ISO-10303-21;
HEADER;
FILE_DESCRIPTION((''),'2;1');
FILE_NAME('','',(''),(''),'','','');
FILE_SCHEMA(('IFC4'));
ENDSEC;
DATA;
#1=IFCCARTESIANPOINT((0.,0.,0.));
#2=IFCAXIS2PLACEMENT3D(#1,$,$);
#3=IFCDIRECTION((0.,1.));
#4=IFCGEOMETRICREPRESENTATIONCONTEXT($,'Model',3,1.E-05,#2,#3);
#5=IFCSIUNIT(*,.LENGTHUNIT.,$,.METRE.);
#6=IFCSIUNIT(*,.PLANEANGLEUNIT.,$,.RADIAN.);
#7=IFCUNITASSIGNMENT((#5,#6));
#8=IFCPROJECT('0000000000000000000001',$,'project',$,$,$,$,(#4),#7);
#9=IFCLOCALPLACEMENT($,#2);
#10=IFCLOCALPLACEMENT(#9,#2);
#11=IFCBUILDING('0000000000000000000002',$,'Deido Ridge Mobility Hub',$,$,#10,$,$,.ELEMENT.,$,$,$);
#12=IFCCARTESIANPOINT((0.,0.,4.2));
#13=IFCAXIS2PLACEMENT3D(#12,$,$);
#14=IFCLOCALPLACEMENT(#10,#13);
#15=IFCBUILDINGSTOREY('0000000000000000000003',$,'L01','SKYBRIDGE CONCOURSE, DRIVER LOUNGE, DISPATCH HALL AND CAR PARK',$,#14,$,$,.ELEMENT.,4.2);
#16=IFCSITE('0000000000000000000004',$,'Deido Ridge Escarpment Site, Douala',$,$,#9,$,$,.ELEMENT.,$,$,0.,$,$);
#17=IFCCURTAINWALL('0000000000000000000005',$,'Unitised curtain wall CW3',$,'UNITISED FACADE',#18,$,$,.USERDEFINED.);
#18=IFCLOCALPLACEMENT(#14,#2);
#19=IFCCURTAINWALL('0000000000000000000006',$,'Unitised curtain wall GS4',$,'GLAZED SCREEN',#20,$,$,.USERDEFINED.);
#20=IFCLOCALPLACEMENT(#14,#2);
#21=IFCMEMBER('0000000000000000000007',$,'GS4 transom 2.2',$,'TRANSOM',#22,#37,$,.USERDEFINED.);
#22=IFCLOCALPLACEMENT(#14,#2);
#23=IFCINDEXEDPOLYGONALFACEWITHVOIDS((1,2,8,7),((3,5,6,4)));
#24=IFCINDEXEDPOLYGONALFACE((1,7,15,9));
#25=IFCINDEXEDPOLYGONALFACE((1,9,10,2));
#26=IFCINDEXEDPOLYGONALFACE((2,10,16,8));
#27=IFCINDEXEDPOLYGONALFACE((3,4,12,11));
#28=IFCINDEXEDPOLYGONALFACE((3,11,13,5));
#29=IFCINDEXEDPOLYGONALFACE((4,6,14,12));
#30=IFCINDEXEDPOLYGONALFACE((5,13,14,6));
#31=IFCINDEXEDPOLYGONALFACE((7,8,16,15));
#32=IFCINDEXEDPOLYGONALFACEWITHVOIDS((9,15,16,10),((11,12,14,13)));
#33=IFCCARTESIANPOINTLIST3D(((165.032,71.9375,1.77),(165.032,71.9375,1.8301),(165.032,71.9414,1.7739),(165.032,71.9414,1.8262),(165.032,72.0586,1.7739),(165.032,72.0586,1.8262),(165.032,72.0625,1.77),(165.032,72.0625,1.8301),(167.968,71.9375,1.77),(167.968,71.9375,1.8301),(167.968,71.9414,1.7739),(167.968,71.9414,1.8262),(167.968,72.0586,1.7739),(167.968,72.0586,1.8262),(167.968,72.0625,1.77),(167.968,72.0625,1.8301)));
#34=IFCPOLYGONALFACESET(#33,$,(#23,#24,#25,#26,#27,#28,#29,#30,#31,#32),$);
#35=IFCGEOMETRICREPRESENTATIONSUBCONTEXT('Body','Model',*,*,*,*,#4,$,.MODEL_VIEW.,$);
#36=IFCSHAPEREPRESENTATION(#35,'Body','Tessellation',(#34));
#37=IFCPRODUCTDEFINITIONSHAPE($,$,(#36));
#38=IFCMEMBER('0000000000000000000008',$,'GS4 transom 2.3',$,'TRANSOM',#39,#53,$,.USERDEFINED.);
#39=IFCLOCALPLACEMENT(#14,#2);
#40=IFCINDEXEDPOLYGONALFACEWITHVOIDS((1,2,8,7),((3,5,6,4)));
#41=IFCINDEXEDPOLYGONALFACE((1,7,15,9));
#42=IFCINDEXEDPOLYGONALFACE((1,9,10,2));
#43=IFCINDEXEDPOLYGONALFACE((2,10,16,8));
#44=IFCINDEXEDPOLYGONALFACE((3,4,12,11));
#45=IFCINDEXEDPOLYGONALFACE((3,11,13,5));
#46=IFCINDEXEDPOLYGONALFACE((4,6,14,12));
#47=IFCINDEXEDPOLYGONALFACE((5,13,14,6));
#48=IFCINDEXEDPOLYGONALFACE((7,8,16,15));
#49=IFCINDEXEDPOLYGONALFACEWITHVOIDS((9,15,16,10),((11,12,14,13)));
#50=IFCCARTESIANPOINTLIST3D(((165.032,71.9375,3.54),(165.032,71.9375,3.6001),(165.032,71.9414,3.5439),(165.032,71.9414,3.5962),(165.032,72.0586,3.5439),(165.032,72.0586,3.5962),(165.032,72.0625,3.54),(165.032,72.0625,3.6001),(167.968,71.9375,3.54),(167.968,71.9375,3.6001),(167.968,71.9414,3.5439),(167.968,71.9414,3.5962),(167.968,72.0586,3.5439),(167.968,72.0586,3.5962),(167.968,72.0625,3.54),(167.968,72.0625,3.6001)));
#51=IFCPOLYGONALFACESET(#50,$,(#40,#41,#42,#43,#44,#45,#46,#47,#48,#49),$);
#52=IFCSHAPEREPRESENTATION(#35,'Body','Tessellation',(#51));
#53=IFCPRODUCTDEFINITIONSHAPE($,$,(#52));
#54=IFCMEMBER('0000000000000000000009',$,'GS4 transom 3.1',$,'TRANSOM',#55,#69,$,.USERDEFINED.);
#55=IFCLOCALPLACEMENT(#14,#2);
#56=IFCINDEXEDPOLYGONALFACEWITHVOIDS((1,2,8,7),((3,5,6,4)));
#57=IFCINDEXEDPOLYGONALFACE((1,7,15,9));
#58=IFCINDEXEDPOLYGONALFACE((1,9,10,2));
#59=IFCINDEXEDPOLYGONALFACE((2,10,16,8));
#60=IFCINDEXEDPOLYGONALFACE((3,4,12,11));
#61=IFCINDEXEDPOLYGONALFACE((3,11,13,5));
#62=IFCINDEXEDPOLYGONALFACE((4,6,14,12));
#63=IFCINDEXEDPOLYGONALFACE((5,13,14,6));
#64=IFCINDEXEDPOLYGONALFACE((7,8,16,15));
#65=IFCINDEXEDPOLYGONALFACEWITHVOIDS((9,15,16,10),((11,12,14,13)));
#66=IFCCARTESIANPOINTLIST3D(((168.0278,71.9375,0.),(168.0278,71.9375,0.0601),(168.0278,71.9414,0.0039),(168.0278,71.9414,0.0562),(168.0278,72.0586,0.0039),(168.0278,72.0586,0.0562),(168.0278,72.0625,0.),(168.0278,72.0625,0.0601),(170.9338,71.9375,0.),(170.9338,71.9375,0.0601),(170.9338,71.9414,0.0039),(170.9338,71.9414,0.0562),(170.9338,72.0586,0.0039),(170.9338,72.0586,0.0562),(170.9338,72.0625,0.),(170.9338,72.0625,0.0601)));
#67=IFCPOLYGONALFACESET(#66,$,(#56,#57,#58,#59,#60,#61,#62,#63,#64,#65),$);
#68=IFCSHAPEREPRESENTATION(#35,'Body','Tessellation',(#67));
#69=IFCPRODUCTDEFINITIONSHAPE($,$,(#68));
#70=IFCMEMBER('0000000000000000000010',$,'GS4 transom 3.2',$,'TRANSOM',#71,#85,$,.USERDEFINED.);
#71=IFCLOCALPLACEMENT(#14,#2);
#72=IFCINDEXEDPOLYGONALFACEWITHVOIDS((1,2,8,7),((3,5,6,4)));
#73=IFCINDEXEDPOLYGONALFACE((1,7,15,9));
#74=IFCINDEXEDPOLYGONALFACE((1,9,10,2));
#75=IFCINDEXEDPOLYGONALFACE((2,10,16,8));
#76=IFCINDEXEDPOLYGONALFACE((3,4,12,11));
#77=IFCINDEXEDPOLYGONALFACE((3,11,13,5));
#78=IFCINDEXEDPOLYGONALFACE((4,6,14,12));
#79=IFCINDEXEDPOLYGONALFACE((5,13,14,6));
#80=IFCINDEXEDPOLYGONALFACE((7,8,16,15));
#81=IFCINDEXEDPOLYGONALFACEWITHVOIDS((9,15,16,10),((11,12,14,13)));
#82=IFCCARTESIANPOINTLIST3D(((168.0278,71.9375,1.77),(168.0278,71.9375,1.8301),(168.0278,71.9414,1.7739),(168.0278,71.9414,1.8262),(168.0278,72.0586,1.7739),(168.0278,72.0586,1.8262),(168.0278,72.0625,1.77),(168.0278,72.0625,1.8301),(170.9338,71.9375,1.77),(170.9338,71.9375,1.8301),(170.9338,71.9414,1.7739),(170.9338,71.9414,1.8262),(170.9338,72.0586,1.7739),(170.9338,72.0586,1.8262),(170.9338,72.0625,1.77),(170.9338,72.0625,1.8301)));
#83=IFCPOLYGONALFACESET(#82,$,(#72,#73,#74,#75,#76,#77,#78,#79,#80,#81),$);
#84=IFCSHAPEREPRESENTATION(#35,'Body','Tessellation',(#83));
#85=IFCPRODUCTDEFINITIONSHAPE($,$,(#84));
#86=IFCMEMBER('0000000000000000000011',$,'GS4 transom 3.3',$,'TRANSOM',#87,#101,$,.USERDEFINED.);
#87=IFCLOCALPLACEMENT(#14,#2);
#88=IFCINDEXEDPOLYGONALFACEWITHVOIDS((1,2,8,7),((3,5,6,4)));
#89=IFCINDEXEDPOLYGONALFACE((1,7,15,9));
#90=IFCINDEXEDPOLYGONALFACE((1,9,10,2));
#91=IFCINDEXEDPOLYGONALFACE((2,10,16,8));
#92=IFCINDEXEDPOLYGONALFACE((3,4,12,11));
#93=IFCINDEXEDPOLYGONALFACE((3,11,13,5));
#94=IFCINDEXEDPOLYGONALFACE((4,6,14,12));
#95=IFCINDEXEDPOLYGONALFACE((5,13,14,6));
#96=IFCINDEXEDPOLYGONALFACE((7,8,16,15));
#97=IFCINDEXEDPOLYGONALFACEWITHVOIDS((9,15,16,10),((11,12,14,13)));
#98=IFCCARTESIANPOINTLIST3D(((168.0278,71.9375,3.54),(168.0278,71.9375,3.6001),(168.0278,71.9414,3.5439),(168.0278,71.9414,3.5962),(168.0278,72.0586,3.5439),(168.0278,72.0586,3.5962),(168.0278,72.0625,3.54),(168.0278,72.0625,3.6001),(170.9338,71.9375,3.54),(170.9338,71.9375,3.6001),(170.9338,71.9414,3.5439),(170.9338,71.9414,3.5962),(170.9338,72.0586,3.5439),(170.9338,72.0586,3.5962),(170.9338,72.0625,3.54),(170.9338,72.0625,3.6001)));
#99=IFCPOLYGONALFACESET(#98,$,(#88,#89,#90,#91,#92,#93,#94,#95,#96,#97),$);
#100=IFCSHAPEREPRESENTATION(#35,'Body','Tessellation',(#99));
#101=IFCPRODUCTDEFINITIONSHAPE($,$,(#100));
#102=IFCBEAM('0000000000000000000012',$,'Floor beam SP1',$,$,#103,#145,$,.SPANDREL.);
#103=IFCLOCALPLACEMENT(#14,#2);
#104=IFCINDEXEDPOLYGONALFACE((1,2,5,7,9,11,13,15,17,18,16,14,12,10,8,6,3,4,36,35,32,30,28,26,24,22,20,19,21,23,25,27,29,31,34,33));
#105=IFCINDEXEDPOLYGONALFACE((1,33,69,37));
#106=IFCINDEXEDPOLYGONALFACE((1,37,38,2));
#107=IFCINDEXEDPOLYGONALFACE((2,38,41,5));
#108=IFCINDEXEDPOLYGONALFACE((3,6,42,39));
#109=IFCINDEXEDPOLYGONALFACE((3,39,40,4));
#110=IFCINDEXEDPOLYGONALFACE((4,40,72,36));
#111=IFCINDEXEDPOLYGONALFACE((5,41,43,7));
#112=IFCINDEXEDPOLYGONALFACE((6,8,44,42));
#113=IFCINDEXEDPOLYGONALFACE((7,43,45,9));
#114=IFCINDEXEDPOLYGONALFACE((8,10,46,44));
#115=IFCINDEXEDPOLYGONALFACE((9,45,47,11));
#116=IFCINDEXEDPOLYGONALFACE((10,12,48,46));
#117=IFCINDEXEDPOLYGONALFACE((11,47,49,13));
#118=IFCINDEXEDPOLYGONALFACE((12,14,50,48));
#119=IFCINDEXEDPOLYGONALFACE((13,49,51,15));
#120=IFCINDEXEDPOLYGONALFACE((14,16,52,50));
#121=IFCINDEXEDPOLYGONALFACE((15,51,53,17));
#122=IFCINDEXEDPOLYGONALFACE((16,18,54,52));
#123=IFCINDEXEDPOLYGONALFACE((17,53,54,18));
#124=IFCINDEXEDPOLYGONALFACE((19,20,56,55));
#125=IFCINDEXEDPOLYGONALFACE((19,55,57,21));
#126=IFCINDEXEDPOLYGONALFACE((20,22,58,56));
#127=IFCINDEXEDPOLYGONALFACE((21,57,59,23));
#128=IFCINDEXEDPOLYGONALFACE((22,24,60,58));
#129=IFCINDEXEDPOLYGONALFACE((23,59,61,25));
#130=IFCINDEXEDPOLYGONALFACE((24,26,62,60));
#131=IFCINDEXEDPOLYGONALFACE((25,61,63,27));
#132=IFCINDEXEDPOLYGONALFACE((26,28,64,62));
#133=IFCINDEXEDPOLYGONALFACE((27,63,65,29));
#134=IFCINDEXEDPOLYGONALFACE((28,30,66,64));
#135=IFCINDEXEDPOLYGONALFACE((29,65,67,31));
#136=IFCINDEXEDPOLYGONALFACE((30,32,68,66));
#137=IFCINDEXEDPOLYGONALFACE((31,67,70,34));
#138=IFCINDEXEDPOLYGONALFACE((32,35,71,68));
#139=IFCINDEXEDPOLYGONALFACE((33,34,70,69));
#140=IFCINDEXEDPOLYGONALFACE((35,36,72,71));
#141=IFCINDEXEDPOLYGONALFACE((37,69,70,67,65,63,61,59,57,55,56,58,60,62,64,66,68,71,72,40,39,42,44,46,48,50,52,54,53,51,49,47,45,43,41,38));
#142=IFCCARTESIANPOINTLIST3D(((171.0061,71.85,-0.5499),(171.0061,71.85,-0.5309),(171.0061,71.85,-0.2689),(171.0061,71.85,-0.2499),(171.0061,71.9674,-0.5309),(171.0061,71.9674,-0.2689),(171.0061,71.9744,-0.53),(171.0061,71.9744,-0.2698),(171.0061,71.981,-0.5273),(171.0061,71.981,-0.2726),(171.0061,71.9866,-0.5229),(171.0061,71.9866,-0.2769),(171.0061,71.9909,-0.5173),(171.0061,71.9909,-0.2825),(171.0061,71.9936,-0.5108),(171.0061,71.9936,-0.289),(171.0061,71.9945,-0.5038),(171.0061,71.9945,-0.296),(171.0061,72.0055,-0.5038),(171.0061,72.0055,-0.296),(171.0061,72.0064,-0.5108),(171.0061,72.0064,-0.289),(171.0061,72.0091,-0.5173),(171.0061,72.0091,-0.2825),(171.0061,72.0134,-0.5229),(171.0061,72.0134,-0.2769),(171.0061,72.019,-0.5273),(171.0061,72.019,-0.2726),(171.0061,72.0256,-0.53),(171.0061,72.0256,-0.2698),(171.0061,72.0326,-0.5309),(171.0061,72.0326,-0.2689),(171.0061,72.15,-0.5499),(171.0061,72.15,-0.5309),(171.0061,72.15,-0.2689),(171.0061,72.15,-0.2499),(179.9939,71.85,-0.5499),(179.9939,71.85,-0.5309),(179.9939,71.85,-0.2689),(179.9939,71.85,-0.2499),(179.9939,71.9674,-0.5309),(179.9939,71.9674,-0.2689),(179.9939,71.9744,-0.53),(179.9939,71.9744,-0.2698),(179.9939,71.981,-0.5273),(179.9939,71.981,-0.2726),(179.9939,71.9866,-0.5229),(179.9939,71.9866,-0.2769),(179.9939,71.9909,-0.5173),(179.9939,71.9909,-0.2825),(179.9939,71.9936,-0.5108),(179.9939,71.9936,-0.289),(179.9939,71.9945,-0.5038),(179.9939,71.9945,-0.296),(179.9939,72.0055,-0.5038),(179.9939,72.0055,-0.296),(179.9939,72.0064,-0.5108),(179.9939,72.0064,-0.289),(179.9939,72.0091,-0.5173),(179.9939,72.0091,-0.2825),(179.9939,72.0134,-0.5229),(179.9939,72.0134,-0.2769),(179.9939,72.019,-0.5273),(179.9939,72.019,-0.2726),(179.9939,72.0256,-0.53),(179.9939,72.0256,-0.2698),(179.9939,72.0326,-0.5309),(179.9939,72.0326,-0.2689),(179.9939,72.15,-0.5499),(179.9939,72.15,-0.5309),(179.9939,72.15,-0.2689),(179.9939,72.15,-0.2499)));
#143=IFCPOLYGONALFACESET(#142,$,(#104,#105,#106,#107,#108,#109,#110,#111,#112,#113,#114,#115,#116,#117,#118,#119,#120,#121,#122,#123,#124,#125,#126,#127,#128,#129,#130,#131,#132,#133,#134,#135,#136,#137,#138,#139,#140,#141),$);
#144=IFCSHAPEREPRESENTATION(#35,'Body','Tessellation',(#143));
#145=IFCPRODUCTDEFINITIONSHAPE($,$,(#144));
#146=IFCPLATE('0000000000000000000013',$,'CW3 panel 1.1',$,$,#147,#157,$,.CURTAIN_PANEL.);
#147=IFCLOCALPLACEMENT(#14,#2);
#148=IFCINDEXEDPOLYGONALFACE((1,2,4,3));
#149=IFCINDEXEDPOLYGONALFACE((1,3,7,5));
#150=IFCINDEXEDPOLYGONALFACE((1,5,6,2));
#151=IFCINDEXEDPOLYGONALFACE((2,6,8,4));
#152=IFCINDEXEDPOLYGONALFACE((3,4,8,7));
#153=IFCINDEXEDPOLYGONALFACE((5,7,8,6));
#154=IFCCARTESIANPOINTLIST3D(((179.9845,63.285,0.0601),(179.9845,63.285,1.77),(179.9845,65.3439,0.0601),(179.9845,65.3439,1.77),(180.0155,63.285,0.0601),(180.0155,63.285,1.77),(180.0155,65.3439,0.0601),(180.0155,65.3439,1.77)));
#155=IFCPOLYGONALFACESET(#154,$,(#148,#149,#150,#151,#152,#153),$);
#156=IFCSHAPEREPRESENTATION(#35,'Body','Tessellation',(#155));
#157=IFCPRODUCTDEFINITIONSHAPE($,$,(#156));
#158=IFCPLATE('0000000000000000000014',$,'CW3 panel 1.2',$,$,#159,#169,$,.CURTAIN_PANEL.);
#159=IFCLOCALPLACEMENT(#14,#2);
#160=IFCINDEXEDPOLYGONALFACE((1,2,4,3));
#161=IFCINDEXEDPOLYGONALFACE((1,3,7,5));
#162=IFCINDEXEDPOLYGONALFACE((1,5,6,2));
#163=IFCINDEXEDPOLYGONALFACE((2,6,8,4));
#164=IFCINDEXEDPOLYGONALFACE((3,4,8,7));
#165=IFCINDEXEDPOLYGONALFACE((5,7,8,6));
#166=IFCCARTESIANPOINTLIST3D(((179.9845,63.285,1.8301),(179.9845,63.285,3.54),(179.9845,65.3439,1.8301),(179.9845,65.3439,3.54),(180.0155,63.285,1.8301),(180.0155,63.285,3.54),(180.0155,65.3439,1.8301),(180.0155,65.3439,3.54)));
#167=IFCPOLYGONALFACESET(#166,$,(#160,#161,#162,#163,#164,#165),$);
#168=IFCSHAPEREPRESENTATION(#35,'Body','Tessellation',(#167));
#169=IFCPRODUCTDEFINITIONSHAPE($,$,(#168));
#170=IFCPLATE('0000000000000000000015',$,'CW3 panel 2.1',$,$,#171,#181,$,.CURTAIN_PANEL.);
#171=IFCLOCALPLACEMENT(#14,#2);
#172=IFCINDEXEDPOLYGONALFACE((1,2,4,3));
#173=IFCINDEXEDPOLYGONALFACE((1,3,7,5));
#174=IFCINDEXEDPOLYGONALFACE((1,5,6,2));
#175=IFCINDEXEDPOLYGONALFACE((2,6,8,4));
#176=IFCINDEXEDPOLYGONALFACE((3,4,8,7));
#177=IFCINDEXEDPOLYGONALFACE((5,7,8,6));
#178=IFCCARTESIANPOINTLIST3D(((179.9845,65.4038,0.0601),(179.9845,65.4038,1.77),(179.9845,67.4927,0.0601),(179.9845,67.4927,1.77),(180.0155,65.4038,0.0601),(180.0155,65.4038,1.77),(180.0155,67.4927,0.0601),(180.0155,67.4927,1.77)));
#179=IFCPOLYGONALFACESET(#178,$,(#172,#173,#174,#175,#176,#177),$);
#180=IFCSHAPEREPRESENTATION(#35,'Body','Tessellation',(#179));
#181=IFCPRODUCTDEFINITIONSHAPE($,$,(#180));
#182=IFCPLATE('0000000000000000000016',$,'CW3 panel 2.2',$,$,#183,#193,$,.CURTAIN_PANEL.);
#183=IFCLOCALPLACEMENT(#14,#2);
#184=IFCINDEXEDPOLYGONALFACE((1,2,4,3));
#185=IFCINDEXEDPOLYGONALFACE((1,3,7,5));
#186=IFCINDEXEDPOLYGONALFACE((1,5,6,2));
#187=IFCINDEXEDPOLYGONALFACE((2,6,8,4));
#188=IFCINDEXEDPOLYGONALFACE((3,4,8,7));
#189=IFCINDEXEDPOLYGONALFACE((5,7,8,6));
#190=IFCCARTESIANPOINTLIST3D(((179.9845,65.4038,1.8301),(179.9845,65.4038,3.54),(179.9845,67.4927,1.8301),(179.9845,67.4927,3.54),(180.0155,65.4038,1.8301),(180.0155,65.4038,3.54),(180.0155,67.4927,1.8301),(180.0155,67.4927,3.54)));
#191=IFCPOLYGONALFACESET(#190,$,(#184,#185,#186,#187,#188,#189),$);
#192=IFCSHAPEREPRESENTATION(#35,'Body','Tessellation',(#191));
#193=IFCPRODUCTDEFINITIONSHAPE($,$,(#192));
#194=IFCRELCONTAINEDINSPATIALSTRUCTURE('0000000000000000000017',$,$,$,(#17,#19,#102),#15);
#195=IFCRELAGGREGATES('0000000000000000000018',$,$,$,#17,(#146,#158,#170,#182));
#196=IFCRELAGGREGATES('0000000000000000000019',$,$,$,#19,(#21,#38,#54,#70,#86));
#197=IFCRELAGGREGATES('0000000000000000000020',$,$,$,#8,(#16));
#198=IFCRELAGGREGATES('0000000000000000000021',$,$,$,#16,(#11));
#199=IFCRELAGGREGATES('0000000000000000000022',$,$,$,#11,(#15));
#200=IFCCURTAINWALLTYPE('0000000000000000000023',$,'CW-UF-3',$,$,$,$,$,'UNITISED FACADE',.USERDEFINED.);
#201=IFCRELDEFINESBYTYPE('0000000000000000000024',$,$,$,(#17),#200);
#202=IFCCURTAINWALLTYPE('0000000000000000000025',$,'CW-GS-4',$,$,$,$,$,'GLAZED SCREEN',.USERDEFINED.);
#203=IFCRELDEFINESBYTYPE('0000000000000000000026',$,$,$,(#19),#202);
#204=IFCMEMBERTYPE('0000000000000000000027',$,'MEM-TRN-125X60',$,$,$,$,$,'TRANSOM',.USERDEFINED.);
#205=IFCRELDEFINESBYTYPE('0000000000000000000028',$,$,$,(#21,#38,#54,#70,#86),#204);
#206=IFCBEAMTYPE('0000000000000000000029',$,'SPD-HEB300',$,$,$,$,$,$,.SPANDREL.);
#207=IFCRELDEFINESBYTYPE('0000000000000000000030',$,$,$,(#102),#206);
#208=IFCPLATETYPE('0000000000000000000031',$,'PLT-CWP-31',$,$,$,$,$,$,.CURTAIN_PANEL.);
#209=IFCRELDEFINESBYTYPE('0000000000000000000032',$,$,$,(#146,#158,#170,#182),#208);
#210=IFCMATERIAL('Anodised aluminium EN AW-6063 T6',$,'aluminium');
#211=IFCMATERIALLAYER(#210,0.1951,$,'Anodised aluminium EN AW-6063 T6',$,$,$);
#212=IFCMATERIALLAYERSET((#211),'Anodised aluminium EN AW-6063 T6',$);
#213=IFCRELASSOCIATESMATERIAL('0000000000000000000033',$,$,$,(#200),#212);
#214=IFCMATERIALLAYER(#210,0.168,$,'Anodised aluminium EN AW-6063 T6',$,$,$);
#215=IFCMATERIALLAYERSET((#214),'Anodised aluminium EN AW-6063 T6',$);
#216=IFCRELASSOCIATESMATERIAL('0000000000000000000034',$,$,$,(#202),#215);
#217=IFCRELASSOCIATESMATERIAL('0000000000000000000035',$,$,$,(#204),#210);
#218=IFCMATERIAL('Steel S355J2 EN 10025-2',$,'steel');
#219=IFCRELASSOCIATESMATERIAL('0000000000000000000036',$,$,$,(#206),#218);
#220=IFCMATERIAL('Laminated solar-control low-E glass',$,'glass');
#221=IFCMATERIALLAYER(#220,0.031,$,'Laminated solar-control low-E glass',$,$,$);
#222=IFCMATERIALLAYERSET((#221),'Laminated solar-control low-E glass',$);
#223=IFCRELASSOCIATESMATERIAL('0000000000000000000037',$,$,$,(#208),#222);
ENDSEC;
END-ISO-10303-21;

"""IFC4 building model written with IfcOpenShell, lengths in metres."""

from ifc_helpers import new_model, si_unit, direction, frame, origin, origin_2d, place, context, subcontext, project, spatial, rectangle, hollow_rectangle, i_section, extrude, material, layer, layer_set, material_profile, profile_set, type_object, element, aggregate, save


model = new_model("IFC4")

# Units and contexts
model_context = context("Model", 3, precision=1e-05, world=origin(), true_north=direction((0.0, 1.0)))
body_context = subcontext(model_context, "Body", "Model", "MODEL_VIEW")
ifc_project = project(units=[si_unit("LENGTHUNIT", "METRE"), si_unit("PLANEANGLEUNIT", "RADIAN")], contexts=[model_context])

# Site, building, storey
site_placement = place(None, origin())
site = spatial("IfcSite", under=ifc_project, at=site_placement, Name="Deido Ridge Escarpment Site, Douala", CompositionType="ELEMENT", RefElevation=0.0)
building_placement = place(site_placement, origin())
building = spatial("IfcBuilding", under=site, at=building_placement, Name="Deido Ridge Mobility Hub", CompositionType="ELEMENT")
storey_placement = place(building_placement, frame((0.0, 0.0, 4.2)))
storey = spatial("IfcBuildingStorey", under=building, at=storey_placement, Name="L01", Description="SKYBRIDGE CONCOURSE, DRIVER LOUNGE, DISPATCH HALL AND CAR PARK", CompositionType="ELEMENT", Elevation=4.2)

# Shared definitions
ifc_material_1 = material(Name="Steel S355J2 EN 10025-2", Category="steel")

# Curtain walls
ifc_material_2 = material(Name="Anodised aluminium EN AW-6063 T6", Category="aluminium")
ifc_layer_1 = layer(ifc_material_2, 0.1951, Name="Anodised aluminium EN AW-6063 T6")
ifc_layer_set_1 = layer_set([ifc_layer_1], Name="Anodised aluminium EN AW-6063 T6")
curtain_wall_type_1 = type_object("IfcCurtainWallType", Name="CW-UF-3", ElementType="UNITISED FACADE", PredefinedType="USERDEFINED", material=ifc_layer_set_1)
curtain_wall_1_placement = place(storey_placement, origin())
curtain_wall_1 = element("IfcCurtainWall", 1, at=curtain_wall_1_placement, inside=storey, type_object=curtain_wall_type_1, Name="Unitised curtain wall CW3", ObjectType="UNITISED FACADE", PredefinedType="USERDEFINED")
ifc_layer_2 = layer(ifc_material_2, 0.168, Name="Anodised aluminium EN AW-6063 T6")
ifc_layer_set_2 = layer_set([ifc_layer_2], Name="Anodised aluminium EN AW-6063 T6")
curtain_wall_type_2 = type_object("IfcCurtainWallType", Name="CW-GS-4", ElementType="GLAZED SCREEN", PredefinedType="USERDEFINED", material=ifc_layer_set_2)
curtain_wall_2_placement = place(storey_placement, origin())
curtain_wall_2 = element("IfcCurtainWall", 2, at=curtain_wall_2_placement, inside=storey, type_object=curtain_wall_type_2, Name="Unitised curtain wall GS4", ObjectType="GLAZED SCREEN", PredefinedType="USERDEFINED")

# Members
ifc_material_profile_1 = material_profile(ifc_material_2, hollow_rectangle(XDim=0.125, YDim=0.0601, WallThickness=0.0039, at=origin_2d()), Name="RHS 125x60x4")
ifc_profile_set_1 = profile_set([ifc_material_profile_1], Name="Anodised aluminium EN AW-6063 T6")
member_type_1 = type_object("IfcMemberType", Name="MEM-TRN-125X60", ElementType="TRANSOM", PredefinedType="USERDEFINED", material=ifc_profile_set_1)
member_1_placement = place(storey_placement, frame((165.032, 72.0, 1.8), z_axis=(1.0, 0.0, 0.0), x_axis=(0.0, 1.0, 0.0)))
member_1 = element("IfcMember", 3, at=member_1_placement, type_object=member_type_1, Name="GS4 transom 2.2", ObjectType="TRANSOM", PredefinedType="USERDEFINED", context=body_context, shape_type="SweptSolid", body=[
    extrude(hollow_rectangle(XDim=0.125, YDim=0.0601, WallThickness=0.0039, at=origin_2d()), origin(), (0.0, 0.0, 1.0), 2.936),
])
member_2_placement = place(storey_placement, frame((165.032, 72.0, 3.5701), z_axis=(1.0, 0.0, 0.0), x_axis=(0.0, 1.0, 0.0)))
member_2 = element("IfcMember", 4, at=member_2_placement, type_object=member_type_1, Name="GS4 transom 2.3", ObjectType="TRANSOM", PredefinedType="USERDEFINED", context=body_context, shape_type="SweptSolid", body=[
    extrude(hollow_rectangle(XDim=0.125, YDim=0.0601, WallThickness=0.0039, at=origin_2d()), origin(), (0.0, 0.0, 1.0), 2.936),
])
member_3_placement = place(storey_placement, frame((168.0278, 72.0, 0.03), z_axis=(1.0, 0.0, 0.0), x_axis=(0.0, 1.0, 0.0)))
member_3 = element("IfcMember", 5, at=member_3_placement, type_object=member_type_1, Name="GS4 transom 3.1", ObjectType="TRANSOM", PredefinedType="USERDEFINED", context=body_context, shape_type="SweptSolid", body=[
    extrude(hollow_rectangle(XDim=0.125, YDim=0.0601, WallThickness=0.0039, at=origin_2d()), origin(), (0.0, 0.0, 1.0), 2.906),
])
member_4_placement = place(storey_placement, frame((168.0278, 72.0, 1.8), z_axis=(1.0, 0.0, 0.0), x_axis=(0.0, 1.0, 0.0)))
member_4 = element("IfcMember", 6, at=member_4_placement, type_object=member_type_1, Name="GS4 transom 3.2", ObjectType="TRANSOM", PredefinedType="USERDEFINED", context=body_context, shape_type="SweptSolid", body=[
    extrude(hollow_rectangle(XDim=0.125, YDim=0.0601, WallThickness=0.0039, at=origin_2d()), origin(), (0.0, 0.0, 1.0), 2.906),
])
member_5_placement = place(storey_placement, frame((168.0278, 72.0, 3.5701), z_axis=(1.0, 0.0, 0.0), x_axis=(0.0, 1.0, 0.0)))
member_5 = element("IfcMember", 7, at=member_5_placement, type_object=member_type_1, Name="GS4 transom 3.3", ObjectType="TRANSOM", PredefinedType="USERDEFINED", context=body_context, shape_type="SweptSolid", body=[
    extrude(hollow_rectangle(XDim=0.125, YDim=0.0601, WallThickness=0.0039, at=origin_2d()), origin(), (0.0, 0.0, 1.0), 2.906),
])

# Beam
ifc_material_profile_2 = material_profile(ifc_material_1, i_section(OverallWidth=0.3, OverallDepth=0.3, WebThickness=0.011, FlangeThickness=0.019, FilletRadius=0.0271, at=origin_2d()), Name="HEB 300")
ifc_profile_set_2 = profile_set([ifc_material_profile_2], Name="Steel S355J2 EN 10025-2")
beam_type = type_object("IfcBeamType", Name="SPD-HEB300", PredefinedType="SPANDREL", material=ifc_profile_set_2)
beam_placement = place(storey_placement, frame((171.0061, 72.0, -0.3999), z_axis=(1.0, 0.0, 0.0), x_axis=(0.0, 1.0, 0.0)))
element("IfcBeam", 8, at=beam_placement, inside=storey, type_object=beam_type, Name="Floor beam SP1", PredefinedType="SPANDREL", context=body_context, shape_type="SweptSolid", body=[
    extrude(i_section(OverallWidth=0.3, OverallDepth=0.3, WebThickness=0.011, FlangeThickness=0.019, FilletRadius=0.0271, at=origin_2d()), origin(), (0.0, 0.0, 1.0), 8.9878),
])

# Plates
ifc_material_3 = material(Name="Laminated solar-control low-E glass", Category="glass")
ifc_layer_3 = layer(ifc_material_3, 0.031, Name="Laminated solar-control low-E glass")
ifc_layer_set_3 = layer_set([ifc_layer_3], Name="Laminated solar-control low-E glass")
plate_type = type_object("IfcPlateType", Name="PLT-CWP-31", PredefinedType="CURTAIN_PANEL", material=ifc_layer_set_3)
plate_1_placement = place(storey_placement, frame((180.0, 64.3145, 0.0601), z_axis=(0.0, 0.0, 1.0), x_axis=(0.0, 1.0, 0.0)))
plate_1 = element("IfcPlate", 9, at=plate_1_placement, type_object=plate_type, Name="CW3 panel 1.1", PredefinedType="CURTAIN_PANEL", context=body_context, shape_type="SweptSolid", body=[
    extrude(rectangle(XDim=2.0588, YDim=0.031, at=origin_2d()), origin(), (0.0, 0.0, 1.0), 1.71),
])
plate_2_placement = place(storey_placement, frame((180.0, 64.3145, 1.8301), z_axis=(0.0, 0.0, 1.0), x_axis=(0.0, 1.0, 0.0)))
plate_2 = element("IfcPlate", 10, at=plate_2_placement, type_object=plate_type, Name="CW3 panel 1.2", PredefinedType="CURTAIN_PANEL", context=body_context, shape_type="SweptSolid", body=[
    extrude(rectangle(XDim=2.0588, YDim=0.031, at=origin_2d()), origin(), (0.0, 0.0, 1.0), 1.71),
])
plate_3_placement = place(storey_placement, frame((180.0, 66.4482, 0.0601), z_axis=(0.0, 0.0, 1.0), x_axis=(0.0, 1.0, 0.0)))
plate_3 = element("IfcPlate", 11, at=plate_3_placement, type_object=plate_type, Name="CW3 panel 2.1", PredefinedType="CURTAIN_PANEL", context=body_context, shape_type="SweptSolid", body=[
    extrude(rectangle(XDim=2.0889, YDim=0.031, at=origin_2d()), origin(), (0.0, 0.0, 1.0), 1.71),
])
plate_4_placement = place(storey_placement, frame((180.0, 66.4482, 1.8301), z_axis=(0.0, 0.0, 1.0), x_axis=(0.0, 1.0, 0.0)))
plate_4 = element("IfcPlate", 12, at=plate_4_placement, type_object=plate_type, Name="CW3 panel 2.2", PredefinedType="CURTAIN_PANEL", context=body_context, shape_type="SweptSolid", body=[
    extrude(rectangle(XDim=2.0889, YDim=0.031, at=origin_2d()), origin(), (0.0, 0.0, 1.0), 1.71),
])
aggregate(curtain_wall_1, [plate_1, plate_2, plate_3, plate_4])
aggregate(curtain_wall_2, [member_1, member_2, member_3, member_4, member_5])

save(model, "model.ifc")
